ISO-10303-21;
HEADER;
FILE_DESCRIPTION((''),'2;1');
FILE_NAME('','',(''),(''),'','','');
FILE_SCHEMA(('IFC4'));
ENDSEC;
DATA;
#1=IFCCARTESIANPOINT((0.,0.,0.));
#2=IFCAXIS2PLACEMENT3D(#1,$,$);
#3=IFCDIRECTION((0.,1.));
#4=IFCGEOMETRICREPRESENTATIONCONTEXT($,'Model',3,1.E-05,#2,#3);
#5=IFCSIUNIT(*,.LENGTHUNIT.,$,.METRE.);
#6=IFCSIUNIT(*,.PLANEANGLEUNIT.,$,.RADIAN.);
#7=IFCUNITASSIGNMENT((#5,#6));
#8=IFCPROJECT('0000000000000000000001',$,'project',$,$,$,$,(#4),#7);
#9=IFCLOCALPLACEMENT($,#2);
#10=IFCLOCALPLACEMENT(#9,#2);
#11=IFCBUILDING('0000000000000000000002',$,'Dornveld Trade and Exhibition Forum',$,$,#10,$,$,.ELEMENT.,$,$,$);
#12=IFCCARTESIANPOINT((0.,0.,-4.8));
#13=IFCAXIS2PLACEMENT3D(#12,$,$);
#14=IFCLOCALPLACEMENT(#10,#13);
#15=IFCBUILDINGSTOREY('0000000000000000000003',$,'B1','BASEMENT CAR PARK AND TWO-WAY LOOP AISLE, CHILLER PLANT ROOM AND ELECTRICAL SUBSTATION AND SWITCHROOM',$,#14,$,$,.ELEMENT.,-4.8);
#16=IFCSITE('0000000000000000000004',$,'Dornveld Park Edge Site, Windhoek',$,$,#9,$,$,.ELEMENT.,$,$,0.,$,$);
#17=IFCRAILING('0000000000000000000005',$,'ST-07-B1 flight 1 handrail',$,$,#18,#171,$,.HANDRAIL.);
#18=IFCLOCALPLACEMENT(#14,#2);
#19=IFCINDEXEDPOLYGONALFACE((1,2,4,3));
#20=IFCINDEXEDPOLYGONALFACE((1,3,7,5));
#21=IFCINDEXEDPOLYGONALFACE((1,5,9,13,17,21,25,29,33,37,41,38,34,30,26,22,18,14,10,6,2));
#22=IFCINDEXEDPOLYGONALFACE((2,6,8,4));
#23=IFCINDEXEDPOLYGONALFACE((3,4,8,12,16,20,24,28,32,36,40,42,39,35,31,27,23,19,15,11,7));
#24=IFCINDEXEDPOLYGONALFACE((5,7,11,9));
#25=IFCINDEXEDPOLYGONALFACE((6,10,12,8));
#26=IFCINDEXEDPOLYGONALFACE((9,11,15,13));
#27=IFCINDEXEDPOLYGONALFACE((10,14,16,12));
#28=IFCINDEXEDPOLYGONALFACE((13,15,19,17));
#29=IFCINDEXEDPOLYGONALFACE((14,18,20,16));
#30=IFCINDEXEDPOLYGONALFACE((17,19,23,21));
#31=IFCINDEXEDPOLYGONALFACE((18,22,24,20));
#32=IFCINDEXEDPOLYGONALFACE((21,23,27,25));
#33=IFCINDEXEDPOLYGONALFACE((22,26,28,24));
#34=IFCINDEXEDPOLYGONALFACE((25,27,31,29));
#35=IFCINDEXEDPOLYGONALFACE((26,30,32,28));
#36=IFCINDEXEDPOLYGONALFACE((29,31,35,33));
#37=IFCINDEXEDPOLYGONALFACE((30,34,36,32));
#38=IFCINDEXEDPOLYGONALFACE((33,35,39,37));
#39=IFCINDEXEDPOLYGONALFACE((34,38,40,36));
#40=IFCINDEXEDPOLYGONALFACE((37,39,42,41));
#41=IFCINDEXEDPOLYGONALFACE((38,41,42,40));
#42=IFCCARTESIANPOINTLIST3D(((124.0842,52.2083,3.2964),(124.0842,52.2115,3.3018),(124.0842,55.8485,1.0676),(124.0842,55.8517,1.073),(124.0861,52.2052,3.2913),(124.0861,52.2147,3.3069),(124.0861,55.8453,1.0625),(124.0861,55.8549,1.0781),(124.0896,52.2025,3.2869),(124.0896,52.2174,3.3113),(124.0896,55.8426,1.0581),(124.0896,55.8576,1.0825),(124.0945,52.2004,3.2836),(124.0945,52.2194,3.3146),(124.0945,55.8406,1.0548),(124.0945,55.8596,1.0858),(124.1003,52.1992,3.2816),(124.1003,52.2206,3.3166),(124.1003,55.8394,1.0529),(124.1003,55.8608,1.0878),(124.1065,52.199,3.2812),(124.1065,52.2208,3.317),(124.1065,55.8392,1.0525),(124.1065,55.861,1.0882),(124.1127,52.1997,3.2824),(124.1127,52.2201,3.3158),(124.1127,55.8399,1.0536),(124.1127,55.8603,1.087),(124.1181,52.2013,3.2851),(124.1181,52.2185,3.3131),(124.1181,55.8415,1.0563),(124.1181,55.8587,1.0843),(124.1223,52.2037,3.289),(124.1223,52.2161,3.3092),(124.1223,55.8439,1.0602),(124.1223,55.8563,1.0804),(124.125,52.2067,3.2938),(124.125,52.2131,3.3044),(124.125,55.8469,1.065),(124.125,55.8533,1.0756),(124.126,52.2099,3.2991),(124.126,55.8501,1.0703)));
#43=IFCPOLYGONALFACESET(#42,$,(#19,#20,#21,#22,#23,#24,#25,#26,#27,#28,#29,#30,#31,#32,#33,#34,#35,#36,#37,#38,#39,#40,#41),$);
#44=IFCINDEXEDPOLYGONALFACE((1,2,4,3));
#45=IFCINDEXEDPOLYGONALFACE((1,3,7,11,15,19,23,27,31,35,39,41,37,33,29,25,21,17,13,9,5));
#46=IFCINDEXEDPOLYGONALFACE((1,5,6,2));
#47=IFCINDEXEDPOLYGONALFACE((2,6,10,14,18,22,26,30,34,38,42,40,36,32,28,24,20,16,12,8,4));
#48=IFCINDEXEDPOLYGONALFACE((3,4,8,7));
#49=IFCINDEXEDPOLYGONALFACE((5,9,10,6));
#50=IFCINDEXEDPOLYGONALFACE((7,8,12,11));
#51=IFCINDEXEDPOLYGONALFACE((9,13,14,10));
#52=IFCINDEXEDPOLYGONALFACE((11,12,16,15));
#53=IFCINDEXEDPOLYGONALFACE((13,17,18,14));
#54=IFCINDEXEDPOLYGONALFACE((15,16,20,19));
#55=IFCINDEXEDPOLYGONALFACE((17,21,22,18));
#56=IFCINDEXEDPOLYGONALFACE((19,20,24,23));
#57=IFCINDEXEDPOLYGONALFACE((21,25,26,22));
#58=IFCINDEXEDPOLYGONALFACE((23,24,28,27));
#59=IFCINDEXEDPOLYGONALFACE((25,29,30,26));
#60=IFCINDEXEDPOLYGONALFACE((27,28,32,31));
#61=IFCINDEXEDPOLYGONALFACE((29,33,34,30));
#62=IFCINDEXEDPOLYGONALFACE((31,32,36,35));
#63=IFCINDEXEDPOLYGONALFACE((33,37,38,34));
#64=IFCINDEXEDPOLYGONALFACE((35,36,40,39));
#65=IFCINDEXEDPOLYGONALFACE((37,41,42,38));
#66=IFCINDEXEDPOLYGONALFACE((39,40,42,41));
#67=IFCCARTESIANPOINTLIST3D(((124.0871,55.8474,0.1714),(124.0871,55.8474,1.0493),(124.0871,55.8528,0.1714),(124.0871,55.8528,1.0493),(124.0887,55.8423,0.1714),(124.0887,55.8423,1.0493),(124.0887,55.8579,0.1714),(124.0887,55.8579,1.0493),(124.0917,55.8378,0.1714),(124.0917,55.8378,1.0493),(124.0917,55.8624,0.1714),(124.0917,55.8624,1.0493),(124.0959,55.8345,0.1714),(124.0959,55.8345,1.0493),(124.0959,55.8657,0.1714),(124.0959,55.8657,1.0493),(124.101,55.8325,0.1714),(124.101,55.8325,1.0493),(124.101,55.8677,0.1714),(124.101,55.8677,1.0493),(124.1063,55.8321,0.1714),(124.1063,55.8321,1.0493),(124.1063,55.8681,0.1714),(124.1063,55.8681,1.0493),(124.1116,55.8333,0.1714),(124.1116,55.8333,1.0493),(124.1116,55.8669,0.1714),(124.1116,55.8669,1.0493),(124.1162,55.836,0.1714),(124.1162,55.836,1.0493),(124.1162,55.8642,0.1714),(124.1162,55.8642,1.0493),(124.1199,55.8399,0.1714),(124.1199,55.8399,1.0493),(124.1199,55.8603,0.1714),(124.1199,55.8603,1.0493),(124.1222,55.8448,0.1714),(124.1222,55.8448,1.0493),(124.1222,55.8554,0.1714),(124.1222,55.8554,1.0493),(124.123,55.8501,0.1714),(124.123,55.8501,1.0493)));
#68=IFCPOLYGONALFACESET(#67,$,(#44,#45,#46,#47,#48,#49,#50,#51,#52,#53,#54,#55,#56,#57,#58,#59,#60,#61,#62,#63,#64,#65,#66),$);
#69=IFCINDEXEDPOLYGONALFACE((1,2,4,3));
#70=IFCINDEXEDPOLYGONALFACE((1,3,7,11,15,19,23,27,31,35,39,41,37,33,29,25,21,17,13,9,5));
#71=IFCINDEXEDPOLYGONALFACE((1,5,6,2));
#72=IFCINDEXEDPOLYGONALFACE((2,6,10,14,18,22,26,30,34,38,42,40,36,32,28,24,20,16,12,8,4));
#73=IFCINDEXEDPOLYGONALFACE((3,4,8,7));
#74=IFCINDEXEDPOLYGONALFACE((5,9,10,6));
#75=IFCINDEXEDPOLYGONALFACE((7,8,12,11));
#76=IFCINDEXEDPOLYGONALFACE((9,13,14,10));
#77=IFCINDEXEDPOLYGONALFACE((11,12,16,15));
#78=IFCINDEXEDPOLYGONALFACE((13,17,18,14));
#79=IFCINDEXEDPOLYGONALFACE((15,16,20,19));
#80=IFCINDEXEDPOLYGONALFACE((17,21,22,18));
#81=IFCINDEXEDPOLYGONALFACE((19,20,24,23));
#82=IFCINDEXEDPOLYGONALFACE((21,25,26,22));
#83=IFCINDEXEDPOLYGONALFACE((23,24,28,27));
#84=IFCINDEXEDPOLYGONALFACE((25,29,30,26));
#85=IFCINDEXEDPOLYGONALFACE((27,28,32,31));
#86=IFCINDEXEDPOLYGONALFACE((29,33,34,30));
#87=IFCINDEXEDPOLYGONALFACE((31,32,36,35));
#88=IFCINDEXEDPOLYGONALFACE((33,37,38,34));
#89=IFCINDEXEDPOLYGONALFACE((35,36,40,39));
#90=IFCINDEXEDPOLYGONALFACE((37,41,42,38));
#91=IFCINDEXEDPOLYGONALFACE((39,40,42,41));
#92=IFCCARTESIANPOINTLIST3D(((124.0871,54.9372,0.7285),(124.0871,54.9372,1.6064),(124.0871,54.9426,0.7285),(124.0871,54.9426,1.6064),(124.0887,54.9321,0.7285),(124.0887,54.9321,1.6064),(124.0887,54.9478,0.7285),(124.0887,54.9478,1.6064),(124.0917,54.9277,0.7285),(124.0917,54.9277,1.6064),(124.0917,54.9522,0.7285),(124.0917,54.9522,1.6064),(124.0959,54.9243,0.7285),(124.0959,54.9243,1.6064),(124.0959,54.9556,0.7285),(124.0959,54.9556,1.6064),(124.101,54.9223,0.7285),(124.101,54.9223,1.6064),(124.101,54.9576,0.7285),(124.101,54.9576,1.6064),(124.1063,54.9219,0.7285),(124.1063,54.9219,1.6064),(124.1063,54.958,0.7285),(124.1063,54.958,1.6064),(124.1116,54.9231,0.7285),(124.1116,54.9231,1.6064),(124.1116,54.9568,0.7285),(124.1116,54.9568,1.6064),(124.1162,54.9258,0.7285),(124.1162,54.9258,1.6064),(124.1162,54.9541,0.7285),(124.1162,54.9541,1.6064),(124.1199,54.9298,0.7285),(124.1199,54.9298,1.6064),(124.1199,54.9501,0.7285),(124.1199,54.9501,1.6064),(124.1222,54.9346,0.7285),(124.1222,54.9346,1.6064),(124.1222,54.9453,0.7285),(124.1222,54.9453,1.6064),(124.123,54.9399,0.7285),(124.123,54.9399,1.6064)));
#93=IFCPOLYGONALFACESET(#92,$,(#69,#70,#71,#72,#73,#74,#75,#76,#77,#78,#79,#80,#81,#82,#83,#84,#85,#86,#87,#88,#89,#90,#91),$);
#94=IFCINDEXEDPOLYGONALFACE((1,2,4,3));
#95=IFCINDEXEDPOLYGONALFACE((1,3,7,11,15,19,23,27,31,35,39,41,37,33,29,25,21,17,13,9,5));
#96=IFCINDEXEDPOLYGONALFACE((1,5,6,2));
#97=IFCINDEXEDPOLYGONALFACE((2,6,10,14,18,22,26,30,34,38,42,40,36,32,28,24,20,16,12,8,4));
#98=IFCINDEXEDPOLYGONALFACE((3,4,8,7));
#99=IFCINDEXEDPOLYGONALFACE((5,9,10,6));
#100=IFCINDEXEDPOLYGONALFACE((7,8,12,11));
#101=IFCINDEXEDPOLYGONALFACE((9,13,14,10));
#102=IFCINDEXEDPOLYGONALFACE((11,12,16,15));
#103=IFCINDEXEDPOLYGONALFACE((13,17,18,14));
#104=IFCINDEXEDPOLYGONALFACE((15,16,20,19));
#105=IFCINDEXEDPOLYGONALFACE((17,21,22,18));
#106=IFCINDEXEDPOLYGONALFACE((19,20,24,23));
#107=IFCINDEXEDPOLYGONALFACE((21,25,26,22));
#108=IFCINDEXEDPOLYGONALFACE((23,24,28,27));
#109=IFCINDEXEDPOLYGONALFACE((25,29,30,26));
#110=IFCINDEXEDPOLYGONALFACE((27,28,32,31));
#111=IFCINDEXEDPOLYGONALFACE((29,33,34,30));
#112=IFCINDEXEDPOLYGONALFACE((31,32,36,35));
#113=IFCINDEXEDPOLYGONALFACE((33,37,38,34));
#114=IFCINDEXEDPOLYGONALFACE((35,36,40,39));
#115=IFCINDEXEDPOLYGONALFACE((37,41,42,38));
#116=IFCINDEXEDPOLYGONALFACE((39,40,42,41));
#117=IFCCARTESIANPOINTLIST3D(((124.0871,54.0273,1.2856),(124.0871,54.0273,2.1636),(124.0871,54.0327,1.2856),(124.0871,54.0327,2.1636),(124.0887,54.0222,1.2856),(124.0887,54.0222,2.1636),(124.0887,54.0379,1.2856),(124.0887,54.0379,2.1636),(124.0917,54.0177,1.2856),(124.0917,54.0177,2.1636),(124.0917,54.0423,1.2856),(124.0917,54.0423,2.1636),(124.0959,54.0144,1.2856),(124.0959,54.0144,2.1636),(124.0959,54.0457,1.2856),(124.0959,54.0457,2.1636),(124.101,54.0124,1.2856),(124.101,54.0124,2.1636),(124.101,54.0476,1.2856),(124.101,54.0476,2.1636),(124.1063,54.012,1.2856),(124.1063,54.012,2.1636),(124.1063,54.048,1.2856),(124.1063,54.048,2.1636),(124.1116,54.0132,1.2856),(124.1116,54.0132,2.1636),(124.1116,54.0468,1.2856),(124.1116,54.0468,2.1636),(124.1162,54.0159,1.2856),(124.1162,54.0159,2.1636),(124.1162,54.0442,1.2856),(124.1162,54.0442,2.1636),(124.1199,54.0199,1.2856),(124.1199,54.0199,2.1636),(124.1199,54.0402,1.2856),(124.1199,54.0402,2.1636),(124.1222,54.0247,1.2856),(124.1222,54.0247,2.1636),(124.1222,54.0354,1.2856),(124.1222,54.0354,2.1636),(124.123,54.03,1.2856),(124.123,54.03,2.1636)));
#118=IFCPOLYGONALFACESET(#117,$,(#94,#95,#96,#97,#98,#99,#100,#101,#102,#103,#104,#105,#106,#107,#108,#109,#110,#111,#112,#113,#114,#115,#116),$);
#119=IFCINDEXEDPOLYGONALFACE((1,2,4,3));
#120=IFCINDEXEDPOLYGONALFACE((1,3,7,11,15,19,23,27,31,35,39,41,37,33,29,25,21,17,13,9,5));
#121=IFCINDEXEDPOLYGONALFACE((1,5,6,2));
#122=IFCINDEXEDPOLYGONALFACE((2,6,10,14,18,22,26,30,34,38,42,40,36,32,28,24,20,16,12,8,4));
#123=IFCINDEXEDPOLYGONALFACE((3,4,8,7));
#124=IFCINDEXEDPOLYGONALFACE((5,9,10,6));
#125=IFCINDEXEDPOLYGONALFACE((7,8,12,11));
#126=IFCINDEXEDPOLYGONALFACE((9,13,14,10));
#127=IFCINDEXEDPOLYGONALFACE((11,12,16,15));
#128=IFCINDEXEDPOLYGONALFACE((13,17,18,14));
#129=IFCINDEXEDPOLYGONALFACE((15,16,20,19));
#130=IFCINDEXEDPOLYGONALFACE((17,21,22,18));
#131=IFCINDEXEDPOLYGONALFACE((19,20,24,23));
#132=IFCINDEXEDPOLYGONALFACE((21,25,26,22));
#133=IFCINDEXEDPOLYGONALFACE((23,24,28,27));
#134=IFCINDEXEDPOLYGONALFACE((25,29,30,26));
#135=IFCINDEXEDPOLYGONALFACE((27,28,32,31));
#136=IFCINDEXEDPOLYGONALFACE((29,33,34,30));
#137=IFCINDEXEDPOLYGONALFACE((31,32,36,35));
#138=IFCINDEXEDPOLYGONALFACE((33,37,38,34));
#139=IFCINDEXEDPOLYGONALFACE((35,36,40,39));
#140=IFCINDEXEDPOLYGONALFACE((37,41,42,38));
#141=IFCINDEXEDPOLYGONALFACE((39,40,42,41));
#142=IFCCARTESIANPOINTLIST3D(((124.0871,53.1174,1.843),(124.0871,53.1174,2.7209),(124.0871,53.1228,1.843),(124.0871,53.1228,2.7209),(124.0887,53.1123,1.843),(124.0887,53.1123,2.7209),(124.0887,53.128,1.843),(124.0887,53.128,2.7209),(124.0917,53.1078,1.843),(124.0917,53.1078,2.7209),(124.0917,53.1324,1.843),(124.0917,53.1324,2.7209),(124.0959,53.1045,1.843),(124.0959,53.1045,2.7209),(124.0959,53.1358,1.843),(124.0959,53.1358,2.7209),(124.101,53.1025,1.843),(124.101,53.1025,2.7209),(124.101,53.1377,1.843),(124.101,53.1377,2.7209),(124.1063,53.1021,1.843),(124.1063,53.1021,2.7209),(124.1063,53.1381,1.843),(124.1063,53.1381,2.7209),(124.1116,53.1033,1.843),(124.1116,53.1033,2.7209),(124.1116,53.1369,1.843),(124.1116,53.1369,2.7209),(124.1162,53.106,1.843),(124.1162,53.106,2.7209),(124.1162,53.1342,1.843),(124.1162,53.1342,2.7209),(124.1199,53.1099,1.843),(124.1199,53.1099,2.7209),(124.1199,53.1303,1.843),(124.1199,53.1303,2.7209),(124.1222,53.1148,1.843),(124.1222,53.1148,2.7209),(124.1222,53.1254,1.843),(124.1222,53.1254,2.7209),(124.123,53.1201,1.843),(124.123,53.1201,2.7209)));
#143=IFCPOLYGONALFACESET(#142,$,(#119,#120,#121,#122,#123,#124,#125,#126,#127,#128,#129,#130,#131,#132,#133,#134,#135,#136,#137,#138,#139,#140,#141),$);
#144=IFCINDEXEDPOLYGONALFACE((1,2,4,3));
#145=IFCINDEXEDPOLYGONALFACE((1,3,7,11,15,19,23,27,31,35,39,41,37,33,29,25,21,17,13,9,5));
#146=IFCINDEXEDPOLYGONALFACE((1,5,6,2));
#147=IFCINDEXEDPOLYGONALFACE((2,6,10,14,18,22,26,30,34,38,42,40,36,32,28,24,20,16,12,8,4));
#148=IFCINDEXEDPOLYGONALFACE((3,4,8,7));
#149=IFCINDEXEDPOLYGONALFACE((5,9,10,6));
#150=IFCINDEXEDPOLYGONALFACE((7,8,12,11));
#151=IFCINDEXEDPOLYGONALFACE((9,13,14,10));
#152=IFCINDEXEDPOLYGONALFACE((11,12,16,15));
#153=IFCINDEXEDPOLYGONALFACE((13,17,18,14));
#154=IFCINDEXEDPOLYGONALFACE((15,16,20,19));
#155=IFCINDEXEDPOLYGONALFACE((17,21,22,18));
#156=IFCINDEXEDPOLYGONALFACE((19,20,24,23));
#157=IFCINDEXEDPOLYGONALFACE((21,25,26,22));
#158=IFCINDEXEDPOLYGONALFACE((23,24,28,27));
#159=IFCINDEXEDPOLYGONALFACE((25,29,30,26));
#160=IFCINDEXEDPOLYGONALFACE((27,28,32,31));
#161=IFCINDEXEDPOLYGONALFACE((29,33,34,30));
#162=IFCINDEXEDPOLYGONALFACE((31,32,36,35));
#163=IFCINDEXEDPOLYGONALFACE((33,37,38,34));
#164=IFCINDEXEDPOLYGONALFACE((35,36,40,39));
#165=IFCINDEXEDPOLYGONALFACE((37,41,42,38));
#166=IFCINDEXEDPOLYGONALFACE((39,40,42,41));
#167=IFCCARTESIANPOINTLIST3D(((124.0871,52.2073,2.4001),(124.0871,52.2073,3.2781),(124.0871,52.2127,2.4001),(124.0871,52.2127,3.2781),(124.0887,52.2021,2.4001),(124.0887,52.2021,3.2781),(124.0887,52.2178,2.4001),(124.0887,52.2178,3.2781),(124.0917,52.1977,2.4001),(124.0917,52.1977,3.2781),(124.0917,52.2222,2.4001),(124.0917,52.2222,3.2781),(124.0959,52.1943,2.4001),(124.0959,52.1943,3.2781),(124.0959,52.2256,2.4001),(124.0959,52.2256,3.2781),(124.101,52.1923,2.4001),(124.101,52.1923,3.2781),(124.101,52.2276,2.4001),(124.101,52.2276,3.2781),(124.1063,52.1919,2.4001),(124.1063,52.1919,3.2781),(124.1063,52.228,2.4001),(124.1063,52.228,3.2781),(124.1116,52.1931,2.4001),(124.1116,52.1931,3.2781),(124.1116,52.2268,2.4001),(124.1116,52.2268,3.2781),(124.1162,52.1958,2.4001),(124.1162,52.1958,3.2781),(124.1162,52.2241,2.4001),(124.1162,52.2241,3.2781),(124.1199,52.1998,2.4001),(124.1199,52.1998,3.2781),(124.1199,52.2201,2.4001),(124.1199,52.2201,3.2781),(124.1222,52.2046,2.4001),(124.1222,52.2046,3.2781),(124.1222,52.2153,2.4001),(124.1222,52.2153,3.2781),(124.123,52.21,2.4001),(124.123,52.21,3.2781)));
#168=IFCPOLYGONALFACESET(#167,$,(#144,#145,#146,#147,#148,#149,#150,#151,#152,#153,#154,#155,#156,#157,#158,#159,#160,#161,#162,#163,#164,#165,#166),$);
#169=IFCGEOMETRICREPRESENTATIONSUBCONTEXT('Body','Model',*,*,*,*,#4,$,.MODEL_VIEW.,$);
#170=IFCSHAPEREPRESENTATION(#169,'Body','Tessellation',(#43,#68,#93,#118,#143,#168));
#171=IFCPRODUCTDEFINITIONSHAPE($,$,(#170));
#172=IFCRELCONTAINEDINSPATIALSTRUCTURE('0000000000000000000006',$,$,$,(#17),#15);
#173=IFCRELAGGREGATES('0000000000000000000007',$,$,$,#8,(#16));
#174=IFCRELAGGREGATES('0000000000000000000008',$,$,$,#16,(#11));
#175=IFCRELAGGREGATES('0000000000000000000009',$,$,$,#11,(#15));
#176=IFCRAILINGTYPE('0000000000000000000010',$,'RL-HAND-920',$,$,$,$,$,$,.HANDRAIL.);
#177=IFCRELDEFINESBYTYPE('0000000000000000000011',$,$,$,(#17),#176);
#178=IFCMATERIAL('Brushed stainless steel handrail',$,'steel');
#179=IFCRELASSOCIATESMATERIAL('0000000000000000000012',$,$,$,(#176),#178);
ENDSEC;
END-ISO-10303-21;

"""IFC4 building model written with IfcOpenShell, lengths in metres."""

from ifc_helpers import new_model, si_unit, direction, frame, origin, origin_2d, place, context, subcontext, project, spatial, circle, extrude, material, type_object, element, save


model = new_model("IFC4")

# Units and contexts
model_context = context("Model", 3, precision=1e-05, world=origin(), true_north=direction((0.0, 1.0)))
body_context = subcontext(model_context, "Body", "Model", "MODEL_VIEW")
ifc_project = project(units=[si_unit("LENGTHUNIT", "METRE"), si_unit("PLANEANGLEUNIT", "RADIAN")], contexts=[model_context])

# Site, building, storey
site_placement = place(None, origin())
site = spatial("IfcSite", under=ifc_project, at=site_placement, Name="Dornveld Park Edge Site, Windhoek", CompositionType="ELEMENT", RefElevation=0.0)
building_placement = place(site_placement, origin())
building = spatial("IfcBuilding", under=site, at=building_placement, Name="Dornveld Trade and Exhibition Forum", CompositionType="ELEMENT")
storey_placement = place(building_placement, frame((0.0, 0.0, -4.8)))
storey = spatial("IfcBuildingStorey", under=building, at=storey_placement, Name="B1", Description="BASEMENT CAR PARK AND TWO-WAY LOOP AISLE, CHILLER PLANT ROOM AND ELECTRICAL SUBSTATION AND SWITCHROOM", CompositionType="ELEMENT", Elevation=-4.8)

# Railing
ifc_material_1 = material(Name="Brushed stainless steel handrail", Category="steel")
railing_type_1 = type_object("IfcRailingType", Name="RL-HAND-920", PredefinedType="HANDRAIL", material=ifc_material_1)
railing_1_placement = place(storey_placement, frame((124.105, 55.8501, 0.1714)))
element("IfcRailing", 1, at=railing_1_placement, inside=storey, type_object=railing_type_1, Name="ST-07-B1 flight 1 handrail", PredefinedType="HANDRAIL", context=body_context, shape_type="SweptSolid", body=[
    extrude(circle(Radius=0.021, at=origin_2d()), frame((0.0, 0.0, 0.8989), z_axis=(0.0, -0.85284, 0.522172), x_axis=(1.0, 0.0, 0.0)), (0.0, 0.0, 1.0), 4.2683),
    extrude(circle(Radius=0.0181, at=origin_2d()), origin(), (0.0, 0.0, 1.0), 0.8779),
    extrude(circle(Radius=0.0181, at=origin_2d()), frame((0.0, -0.9102, 0.5571)), (0.0, 0.0, 1.0), 0.8779),
    extrude(circle(Radius=0.0181, at=origin_2d()), frame((0.0, -1.8201, 1.1143)), (0.0, 0.0, 1.0), 0.8779),
    extrude(circle(Radius=0.0181, at=origin_2d()), frame((0.0, -2.73, 1.6716)), (0.0, 0.0, 1.0), 0.8779),
    extrude(circle(Radius=0.0181, at=origin_2d()), frame((0.0, -3.6401, 2.2288)), (0.0, 0.0, 1.0), 0.8779),
])

save(model, "model.ifc")
